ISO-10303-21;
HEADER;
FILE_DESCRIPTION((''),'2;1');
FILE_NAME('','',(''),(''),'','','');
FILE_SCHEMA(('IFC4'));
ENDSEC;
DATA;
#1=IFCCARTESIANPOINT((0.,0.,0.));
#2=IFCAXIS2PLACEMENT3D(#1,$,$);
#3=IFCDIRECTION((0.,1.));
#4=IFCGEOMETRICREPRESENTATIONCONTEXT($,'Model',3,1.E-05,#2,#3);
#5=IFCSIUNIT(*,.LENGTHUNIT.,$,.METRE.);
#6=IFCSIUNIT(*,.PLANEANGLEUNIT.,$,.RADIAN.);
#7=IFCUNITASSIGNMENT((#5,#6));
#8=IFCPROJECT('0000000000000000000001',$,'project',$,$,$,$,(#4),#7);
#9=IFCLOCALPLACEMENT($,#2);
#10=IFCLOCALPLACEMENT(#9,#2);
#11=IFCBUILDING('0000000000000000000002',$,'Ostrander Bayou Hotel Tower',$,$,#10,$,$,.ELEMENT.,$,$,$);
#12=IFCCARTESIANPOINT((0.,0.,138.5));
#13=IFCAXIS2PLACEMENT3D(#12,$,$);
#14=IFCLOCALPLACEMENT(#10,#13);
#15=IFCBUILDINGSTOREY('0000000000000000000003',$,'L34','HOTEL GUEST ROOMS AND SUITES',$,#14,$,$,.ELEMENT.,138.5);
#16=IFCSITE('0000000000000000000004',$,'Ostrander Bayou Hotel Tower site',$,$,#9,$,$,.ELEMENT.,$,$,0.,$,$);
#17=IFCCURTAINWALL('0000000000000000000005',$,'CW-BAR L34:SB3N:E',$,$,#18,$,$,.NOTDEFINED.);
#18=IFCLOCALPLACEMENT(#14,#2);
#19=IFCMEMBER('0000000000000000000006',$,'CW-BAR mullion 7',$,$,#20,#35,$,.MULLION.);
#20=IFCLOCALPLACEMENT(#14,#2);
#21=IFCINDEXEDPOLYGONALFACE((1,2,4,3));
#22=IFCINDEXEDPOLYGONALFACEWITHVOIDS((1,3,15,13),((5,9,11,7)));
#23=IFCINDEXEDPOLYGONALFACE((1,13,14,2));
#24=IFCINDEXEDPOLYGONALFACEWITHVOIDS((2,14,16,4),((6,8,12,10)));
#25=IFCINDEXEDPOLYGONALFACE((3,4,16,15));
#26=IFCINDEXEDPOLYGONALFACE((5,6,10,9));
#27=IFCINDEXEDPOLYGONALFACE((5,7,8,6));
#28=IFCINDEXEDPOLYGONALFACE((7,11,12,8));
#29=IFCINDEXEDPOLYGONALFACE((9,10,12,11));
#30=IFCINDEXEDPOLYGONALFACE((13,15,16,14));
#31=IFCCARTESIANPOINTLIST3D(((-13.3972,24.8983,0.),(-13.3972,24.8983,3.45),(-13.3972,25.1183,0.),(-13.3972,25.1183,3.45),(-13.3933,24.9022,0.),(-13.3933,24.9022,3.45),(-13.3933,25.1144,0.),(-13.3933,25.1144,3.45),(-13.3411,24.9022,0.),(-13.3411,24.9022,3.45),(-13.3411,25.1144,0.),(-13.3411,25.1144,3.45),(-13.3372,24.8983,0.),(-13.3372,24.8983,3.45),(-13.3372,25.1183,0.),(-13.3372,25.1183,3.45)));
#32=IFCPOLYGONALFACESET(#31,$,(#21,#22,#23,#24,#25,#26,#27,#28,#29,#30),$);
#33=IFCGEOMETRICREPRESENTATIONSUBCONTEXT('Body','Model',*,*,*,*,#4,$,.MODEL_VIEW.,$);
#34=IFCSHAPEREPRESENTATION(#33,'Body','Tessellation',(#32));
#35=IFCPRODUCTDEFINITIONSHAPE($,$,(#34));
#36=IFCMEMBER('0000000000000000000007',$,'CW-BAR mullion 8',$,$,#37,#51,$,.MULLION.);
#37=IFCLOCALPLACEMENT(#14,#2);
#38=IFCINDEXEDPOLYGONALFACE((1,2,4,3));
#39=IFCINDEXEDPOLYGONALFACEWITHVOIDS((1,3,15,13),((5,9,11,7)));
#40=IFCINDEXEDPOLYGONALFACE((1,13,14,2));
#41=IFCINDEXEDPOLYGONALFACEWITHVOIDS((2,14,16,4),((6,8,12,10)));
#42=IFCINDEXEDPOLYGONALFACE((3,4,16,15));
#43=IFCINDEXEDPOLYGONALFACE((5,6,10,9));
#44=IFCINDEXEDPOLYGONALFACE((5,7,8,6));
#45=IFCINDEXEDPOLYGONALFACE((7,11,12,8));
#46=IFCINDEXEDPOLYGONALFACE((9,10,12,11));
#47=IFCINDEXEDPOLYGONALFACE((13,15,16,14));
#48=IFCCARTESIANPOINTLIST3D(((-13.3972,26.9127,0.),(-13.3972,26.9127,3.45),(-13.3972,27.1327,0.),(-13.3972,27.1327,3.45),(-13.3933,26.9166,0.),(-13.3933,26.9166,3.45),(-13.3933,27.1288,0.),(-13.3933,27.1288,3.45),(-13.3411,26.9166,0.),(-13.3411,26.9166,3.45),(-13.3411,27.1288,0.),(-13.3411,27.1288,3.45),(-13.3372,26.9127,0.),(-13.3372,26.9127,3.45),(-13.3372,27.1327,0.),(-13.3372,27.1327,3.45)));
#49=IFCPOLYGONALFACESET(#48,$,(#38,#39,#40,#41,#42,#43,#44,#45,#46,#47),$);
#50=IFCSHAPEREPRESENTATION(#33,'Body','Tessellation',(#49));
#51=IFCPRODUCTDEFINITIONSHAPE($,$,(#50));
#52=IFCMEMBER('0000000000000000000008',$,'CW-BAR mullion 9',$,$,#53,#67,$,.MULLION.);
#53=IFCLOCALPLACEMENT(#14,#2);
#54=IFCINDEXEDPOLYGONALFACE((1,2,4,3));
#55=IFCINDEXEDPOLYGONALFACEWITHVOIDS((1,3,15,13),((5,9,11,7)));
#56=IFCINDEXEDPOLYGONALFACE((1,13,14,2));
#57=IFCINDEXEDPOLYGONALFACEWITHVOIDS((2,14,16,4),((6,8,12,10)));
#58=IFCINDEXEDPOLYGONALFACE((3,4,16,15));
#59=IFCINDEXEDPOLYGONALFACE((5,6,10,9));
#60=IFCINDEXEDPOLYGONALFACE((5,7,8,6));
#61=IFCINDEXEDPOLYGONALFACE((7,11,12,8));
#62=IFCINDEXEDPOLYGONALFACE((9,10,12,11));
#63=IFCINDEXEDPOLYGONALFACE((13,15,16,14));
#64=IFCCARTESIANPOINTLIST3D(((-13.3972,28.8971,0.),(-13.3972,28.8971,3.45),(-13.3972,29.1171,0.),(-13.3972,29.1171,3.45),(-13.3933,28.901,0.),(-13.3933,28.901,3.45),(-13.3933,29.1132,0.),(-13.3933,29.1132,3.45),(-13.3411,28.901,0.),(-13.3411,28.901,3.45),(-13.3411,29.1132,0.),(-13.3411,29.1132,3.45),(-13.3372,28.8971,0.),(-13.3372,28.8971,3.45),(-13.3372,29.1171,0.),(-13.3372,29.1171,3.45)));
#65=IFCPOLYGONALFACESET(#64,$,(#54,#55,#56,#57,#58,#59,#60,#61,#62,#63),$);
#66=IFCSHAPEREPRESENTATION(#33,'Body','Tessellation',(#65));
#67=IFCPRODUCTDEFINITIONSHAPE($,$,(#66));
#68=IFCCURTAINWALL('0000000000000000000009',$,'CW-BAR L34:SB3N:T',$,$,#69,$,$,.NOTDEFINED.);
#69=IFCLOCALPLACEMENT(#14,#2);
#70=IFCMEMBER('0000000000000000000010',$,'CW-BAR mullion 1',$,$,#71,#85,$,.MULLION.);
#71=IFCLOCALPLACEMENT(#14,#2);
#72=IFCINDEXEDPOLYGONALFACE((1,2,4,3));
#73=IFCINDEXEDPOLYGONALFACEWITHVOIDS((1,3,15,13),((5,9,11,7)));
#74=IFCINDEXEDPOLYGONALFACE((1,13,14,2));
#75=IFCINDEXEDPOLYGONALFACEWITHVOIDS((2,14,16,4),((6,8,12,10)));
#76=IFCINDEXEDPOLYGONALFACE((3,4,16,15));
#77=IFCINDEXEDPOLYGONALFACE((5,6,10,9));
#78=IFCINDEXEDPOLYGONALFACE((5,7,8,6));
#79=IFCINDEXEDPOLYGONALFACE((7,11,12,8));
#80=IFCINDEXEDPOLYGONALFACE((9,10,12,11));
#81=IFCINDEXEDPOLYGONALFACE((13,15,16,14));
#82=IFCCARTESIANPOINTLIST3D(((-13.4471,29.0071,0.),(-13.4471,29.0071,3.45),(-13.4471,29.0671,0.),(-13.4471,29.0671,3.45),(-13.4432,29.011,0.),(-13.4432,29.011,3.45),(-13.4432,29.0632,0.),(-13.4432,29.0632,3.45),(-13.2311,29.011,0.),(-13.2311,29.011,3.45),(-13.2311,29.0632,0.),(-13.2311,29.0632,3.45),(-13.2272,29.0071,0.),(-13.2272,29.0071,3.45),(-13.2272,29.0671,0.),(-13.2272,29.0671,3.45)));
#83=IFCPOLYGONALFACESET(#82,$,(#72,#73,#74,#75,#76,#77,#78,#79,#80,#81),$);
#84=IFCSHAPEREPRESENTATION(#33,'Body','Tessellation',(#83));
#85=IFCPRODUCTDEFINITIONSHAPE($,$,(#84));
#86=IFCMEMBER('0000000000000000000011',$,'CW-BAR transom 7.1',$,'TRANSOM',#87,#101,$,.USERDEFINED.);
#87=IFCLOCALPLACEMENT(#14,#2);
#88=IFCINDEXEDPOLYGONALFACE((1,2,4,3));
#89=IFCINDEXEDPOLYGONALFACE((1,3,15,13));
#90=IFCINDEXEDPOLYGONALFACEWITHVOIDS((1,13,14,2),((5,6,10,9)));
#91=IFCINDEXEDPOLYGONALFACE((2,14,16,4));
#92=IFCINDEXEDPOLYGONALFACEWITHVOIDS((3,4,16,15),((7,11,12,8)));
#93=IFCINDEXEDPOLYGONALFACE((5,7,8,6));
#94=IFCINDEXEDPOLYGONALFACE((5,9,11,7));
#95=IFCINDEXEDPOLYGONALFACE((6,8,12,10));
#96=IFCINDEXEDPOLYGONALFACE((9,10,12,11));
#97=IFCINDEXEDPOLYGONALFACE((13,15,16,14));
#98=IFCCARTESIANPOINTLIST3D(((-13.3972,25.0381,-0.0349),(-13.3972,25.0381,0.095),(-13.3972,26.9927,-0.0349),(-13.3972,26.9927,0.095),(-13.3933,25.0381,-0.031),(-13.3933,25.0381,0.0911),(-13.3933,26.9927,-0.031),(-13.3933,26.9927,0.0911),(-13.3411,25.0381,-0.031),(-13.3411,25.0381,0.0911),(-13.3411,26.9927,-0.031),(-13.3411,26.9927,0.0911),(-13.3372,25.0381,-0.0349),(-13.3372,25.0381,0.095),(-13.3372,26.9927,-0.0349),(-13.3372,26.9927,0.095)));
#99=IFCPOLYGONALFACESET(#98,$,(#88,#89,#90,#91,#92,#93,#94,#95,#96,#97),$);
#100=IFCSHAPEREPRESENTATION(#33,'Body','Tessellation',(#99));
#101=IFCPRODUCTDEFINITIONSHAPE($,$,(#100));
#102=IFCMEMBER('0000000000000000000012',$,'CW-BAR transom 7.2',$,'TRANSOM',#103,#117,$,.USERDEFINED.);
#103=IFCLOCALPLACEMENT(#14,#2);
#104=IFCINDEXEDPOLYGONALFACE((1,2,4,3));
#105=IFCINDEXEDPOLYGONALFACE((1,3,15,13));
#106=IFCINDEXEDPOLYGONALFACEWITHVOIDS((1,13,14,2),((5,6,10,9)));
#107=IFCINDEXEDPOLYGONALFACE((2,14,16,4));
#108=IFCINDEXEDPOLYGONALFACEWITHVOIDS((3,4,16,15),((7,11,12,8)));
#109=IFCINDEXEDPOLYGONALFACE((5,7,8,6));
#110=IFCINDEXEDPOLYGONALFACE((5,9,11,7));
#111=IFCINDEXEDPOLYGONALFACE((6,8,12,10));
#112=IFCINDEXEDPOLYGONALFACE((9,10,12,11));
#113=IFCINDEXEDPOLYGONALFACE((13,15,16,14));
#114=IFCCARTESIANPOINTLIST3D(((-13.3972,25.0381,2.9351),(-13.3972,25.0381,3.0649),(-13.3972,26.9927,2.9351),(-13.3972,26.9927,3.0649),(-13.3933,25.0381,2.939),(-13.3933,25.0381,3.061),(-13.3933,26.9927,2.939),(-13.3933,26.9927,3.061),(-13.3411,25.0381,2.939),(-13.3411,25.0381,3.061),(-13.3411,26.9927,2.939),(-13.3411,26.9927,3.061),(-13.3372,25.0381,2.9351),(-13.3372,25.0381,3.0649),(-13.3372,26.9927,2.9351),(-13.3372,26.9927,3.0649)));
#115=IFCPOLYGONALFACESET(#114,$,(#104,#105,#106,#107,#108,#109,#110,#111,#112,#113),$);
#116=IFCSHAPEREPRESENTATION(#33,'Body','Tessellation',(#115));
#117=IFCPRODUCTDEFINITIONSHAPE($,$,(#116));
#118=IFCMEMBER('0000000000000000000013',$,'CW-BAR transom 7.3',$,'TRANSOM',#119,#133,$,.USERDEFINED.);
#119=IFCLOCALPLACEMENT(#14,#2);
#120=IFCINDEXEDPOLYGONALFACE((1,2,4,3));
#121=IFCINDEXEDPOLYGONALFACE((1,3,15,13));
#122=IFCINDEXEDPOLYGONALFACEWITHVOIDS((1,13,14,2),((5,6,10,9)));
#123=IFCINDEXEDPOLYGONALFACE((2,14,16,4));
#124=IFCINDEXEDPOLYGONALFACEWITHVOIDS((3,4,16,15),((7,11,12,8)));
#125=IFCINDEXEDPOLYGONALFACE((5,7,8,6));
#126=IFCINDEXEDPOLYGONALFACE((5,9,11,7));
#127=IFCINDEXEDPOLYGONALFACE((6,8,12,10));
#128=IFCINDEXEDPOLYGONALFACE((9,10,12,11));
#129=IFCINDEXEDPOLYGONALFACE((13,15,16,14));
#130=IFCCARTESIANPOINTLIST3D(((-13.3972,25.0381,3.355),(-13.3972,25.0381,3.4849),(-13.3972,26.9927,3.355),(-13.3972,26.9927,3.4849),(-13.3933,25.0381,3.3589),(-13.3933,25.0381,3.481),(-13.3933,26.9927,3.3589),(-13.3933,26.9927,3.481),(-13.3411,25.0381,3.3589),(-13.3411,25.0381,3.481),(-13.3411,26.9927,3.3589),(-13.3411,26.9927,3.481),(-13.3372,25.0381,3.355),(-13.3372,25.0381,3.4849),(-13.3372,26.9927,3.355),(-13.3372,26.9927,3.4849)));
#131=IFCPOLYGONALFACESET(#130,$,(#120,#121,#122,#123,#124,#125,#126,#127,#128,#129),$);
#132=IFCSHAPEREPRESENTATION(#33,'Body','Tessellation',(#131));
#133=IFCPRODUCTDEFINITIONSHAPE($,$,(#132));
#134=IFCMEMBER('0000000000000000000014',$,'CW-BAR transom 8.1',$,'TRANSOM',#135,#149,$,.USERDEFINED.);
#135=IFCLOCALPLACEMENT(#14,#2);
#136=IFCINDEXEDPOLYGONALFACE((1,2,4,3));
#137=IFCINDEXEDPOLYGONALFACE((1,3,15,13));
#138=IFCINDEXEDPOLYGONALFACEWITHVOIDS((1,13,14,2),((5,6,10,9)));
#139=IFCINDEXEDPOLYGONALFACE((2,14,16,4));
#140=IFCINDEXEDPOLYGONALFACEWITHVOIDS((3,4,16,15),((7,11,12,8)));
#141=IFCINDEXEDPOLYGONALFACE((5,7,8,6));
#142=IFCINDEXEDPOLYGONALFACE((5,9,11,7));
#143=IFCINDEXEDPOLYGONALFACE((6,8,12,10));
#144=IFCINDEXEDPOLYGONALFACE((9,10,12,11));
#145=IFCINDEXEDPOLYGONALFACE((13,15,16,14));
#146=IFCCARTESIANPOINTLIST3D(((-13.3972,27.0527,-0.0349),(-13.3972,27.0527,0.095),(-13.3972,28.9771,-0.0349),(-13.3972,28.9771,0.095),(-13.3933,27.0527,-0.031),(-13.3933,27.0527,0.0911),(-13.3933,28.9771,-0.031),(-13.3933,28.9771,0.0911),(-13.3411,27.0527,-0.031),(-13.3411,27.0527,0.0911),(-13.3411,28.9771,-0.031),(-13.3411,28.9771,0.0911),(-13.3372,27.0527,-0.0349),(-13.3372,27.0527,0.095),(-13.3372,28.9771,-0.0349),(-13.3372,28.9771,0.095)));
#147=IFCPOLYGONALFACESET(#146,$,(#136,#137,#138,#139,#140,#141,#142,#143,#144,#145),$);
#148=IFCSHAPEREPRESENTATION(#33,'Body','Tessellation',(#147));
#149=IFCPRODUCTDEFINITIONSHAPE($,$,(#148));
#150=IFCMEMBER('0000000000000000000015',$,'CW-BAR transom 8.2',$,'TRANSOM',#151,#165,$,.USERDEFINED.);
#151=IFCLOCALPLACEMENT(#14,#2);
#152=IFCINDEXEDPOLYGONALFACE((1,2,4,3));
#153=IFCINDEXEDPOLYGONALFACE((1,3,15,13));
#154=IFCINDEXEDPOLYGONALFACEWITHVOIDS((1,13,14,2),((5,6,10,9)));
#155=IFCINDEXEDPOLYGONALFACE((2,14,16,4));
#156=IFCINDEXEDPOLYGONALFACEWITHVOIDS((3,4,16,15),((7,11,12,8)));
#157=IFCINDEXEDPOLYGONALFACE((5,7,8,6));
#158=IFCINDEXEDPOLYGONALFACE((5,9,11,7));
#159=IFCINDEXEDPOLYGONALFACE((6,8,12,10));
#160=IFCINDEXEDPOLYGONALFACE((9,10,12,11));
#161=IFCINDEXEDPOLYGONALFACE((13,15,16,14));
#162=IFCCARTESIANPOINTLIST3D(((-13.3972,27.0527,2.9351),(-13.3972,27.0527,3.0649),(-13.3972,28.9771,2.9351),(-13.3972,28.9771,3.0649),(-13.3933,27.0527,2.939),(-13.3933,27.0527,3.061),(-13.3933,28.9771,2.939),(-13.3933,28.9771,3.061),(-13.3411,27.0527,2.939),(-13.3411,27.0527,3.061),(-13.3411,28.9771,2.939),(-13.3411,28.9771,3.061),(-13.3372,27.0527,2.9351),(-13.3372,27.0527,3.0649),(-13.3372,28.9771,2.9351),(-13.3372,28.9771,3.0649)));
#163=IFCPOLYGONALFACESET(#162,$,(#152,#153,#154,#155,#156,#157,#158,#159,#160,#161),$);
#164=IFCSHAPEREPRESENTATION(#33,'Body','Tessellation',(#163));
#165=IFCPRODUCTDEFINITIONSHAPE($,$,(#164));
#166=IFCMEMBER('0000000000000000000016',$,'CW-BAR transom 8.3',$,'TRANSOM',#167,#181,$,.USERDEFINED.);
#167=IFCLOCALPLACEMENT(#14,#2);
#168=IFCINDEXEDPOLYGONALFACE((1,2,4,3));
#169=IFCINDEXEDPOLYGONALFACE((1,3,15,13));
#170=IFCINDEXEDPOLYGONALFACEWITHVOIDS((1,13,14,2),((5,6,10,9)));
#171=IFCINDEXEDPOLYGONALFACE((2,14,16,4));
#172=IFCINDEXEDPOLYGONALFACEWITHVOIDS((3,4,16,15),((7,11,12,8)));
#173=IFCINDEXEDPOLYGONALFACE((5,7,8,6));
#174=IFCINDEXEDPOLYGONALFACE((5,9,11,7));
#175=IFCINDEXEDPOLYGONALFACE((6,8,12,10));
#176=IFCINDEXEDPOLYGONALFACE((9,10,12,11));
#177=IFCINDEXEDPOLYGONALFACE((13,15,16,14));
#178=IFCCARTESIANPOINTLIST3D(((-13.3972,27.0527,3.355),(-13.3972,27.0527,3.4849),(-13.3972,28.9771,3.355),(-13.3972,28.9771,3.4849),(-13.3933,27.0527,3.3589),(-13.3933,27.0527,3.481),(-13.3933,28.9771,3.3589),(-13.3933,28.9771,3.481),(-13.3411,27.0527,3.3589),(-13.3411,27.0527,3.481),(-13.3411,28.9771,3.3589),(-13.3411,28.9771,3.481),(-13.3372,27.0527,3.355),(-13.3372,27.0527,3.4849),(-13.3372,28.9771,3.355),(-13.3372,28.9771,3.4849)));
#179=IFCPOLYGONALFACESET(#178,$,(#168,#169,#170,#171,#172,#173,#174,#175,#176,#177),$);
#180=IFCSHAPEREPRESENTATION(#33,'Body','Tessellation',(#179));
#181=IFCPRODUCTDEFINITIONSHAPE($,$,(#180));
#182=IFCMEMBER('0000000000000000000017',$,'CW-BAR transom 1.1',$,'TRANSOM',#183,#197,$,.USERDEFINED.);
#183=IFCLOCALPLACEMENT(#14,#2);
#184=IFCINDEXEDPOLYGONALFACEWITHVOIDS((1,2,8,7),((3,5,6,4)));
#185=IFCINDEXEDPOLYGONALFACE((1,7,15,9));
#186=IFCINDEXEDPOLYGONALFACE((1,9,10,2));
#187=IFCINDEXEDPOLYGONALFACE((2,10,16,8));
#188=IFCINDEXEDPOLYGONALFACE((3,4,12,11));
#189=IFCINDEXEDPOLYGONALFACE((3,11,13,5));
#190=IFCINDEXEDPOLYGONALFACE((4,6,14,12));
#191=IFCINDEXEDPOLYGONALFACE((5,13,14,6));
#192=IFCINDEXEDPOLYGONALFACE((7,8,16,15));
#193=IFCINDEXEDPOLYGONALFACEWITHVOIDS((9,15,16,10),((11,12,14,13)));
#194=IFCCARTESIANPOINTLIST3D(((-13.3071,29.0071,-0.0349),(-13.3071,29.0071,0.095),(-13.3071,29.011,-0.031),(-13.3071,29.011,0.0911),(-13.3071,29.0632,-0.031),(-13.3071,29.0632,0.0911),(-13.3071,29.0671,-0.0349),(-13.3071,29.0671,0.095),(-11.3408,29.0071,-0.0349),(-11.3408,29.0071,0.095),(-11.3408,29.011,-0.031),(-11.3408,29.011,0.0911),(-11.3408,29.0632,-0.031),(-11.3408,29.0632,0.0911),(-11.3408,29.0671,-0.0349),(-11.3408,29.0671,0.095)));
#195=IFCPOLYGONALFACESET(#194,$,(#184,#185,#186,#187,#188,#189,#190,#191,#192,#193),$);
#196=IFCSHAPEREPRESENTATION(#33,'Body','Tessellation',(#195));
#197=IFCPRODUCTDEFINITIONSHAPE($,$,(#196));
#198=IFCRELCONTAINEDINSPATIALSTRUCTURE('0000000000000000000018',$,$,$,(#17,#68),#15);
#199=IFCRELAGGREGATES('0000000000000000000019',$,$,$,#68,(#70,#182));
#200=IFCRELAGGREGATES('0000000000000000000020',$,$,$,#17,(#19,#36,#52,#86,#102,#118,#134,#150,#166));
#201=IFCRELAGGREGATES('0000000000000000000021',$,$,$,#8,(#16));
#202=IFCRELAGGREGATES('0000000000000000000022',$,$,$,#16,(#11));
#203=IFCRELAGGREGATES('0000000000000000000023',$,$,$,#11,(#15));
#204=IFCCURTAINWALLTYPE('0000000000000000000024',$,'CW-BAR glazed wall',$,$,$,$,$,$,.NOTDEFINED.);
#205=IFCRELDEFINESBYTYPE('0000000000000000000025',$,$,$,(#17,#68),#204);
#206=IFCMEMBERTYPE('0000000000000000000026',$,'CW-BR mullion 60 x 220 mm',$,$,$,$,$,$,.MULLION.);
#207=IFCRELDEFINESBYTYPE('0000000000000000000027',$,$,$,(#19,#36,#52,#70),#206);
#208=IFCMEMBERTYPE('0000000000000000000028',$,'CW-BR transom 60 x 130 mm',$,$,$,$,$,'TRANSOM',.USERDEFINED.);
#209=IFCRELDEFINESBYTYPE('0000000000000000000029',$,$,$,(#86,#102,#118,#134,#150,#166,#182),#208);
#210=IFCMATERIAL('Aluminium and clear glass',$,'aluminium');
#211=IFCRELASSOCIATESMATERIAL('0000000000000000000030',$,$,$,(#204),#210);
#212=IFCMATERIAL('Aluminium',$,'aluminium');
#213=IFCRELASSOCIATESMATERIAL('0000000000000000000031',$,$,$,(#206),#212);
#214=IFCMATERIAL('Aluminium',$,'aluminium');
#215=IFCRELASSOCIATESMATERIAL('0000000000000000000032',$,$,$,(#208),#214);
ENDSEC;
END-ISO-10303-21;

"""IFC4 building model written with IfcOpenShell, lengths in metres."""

from ifc_helpers import new_model, si_unit, direction, frame, origin, origin_2d, place, context, subcontext, project, spatial, hollow_rectangle, extrude, material, material_profile, profile_set, type_object, element, aggregate, save


model = new_model("IFC4")

# Units and contexts
model_context = context("Model", 3, precision=1e-05, world=origin(), true_north=direction((0.0, 1.0)))
body_context = subcontext(model_context, "Body", "Model", "MODEL_VIEW")
ifc_project = project(units=[si_unit("LENGTHUNIT", "METRE"), si_unit("PLANEANGLEUNIT", "RADIAN")], contexts=[model_context])

# Site, building, storey
site_placement = place(None, origin())
site = spatial("IfcSite", under=ifc_project, at=site_placement, Name="Ostrander Bayou Hotel Tower site", CompositionType="ELEMENT", RefElevation=0.0)
building_placement = place(site_placement, origin())
building = spatial("IfcBuilding", under=site, at=building_placement, Name="Ostrander Bayou Hotel Tower", CompositionType="ELEMENT")
storey_placement = place(building_placement, frame((0.0, 0.0, 138.5)))
storey = spatial("IfcBuildingStorey", under=building, at=storey_placement, Name="L34", Description="HOTEL GUEST ROOMS AND SUITES", CompositionType="ELEMENT", Elevation=138.5)

# Curtain wall, members
ifc_material_1 = material(Name="Aluminium and clear glass", Category="aluminium")
curtain_wall_type = type_object("IfcCurtainWallType", Name="CW-BAR glazed wall", PredefinedType="NOTDEFINED", material=ifc_material_1)
curtain_wall_1_placement = place(storey_placement, origin())
curtain_wall_1 = element("IfcCurtainWall", 1, at=curtain_wall_1_placement, inside=storey, type_object=curtain_wall_type, Name="CW-BAR L34:SB3N:E", PredefinedType="NOTDEFINED")
ifc_material_2 = material(Name="Aluminium", Category="aluminium")
ifc_material_profile_1 = material_profile(ifc_material_2, hollow_rectangle(XDim=0.0601, YDim=0.22, WallThickness=0.0039, at=origin_2d()))
ifc_profile_set_1 = profile_set([ifc_material_profile_1], Name="Aluminium")
member_type_1 = type_object("IfcMemberType", Name="CW-BR mullion 60 x 220 mm", PredefinedType="MULLION", material=ifc_profile_set_1)
member_1_placement = place(storey_placement, frame((-13.3672, 25.0083, 0.0), z_axis=(0.0, 0.0, 1.0), x_axis=(-1.0, 0.0, 0.0)))
member_1 = element("IfcMember", 2, at=member_1_placement, type_object=member_type_1, Name="CW-BAR mullion 7", PredefinedType="MULLION", context=body_context, shape_type="SweptSolid", body=[
    extrude(hollow_rectangle(XDim=0.0601, YDim=0.22, WallThickness=0.0039, at=origin_2d()), origin(), (0.0, 0.0, 1.0), 3.45),
])
member_2_placement = place(storey_placement, frame((-13.3672, 27.0227, 0.0), z_axis=(0.0, 0.0, 1.0), x_axis=(-1.0, 0.0, 0.0)))
member_2 = element("IfcMember", 3, at=member_2_placement, type_object=member_type_1, Name="CW-BAR mullion 8", PredefinedType="MULLION", context=body_context, shape_type="SweptSolid", body=[
    extrude(hollow_rectangle(XDim=0.0601, YDim=0.22, WallThickness=0.0039, at=origin_2d()), origin(), (0.0, 0.0, 1.0), 3.45),
])
member_3_placement = place(storey_placement, frame((-13.3672, 29.0071, 0.0), z_axis=(0.0, 0.0, 1.0), x_axis=(-1.0, 0.0, 0.0)))
member_3 = element("IfcMember", 4, at=member_3_placement, type_object=member_type_1, Name="CW-BAR mullion 9", PredefinedType="MULLION", context=body_context, shape_type="SweptSolid", body=[
    extrude(hollow_rectangle(XDim=0.0601, YDim=0.22, WallThickness=0.0039, at=origin_2d()), origin(), (0.0, 0.0, 1.0), 3.45),
])

# Curtain wall, member
curtain_wall_2_placement = place(storey_placement, origin())
curtain_wall_2 = element("IfcCurtainWall", 5, at=curtain_wall_2_placement, inside=storey, type_object=curtain_wall_type, Name="CW-BAR L34:SB3N:T", PredefinedType="NOTDEFINED")
member_4_placement = place(storey_placement, frame((-13.3372, 29.0371, 0.0), z_axis=(0.0, 0.0, 1.0), x_axis=(0.0, 1.0, 0.0)))
member_4 = element("IfcMember", 6, at=member_4_placement, type_object=member_type_1, Name="CW-BAR mullion 1", PredefinedType="MULLION", context=body_context, shape_type="SweptSolid", body=[
    extrude(hollow_rectangle(XDim=0.0601, YDim=0.22, WallThickness=0.0039, at=origin_2d()), origin(), (0.0, 0.0, 1.0), 3.45),
])

# Members
ifc_material_3 = material(Name="Aluminium", Category="aluminium")
ifc_material_profile_2 = material_profile(ifc_material_3, hollow_rectangle(XDim=0.0601, YDim=0.1299, WallThickness=0.0039, at=origin_2d()))
ifc_profile_set_2 = profile_set([ifc_material_profile_2], Name="Aluminium")
member_type_2 = type_object("IfcMemberType", Name="CW-BR transom 60 x 130 mm", ElementType="TRANSOM", PredefinedType="USERDEFINED", material=ifc_profile_set_2)
member_5_placement = place(storey_placement, frame((-13.3672, 25.0381, 0.03), z_axis=(0.0, 1.0, 0.0), x_axis=(-1.0, 0.0, 0.0)))
member_5 = element("IfcMember", 7, at=member_5_placement, type_object=member_type_2, Name="CW-BAR transom 7.1", ObjectType="TRANSOM", PredefinedType="USERDEFINED", context=body_context, shape_type="SweptSolid", body=[
    extrude(hollow_rectangle(XDim=0.0601, YDim=0.1299, WallThickness=0.0039, at=origin_2d()), origin(), (0.0, 0.0, 1.0), 1.9546),
])
member_6_placement = place(storey_placement, frame((-13.3672, 25.0381, 3.0), z_axis=(0.0, 1.0, 0.0), x_axis=(-1.0, 0.0, 0.0)))
member_6 = element("IfcMember", 8, at=member_6_placement, type_object=member_type_2, Name="CW-BAR transom 7.2", ObjectType="TRANSOM", PredefinedType="USERDEFINED", context=body_context, shape_type="SweptSolid", body=[
    extrude(hollow_rectangle(XDim=0.0601, YDim=0.1299, WallThickness=0.0039, at=origin_2d()), origin(), (0.0, 0.0, 1.0), 1.9546),
])
member_7_placement = place(storey_placement, frame((-13.3672, 25.0381, 3.4199), z_axis=(0.0, 1.0, 0.0), x_axis=(-1.0, 0.0, 0.0)))
member_7 = element("IfcMember", 9, at=member_7_placement, type_object=member_type_2, Name="CW-BAR transom 7.3", ObjectType="TRANSOM", PredefinedType="USERDEFINED", context=body_context, shape_type="SweptSolid", body=[
    extrude(hollow_rectangle(XDim=0.0601, YDim=0.1299, WallThickness=0.0039, at=origin_2d()), origin(), (0.0, 0.0, 1.0), 1.9546),
])
member_8_placement = place(storey_placement, frame((-13.3672, 27.0527, 0.03), z_axis=(0.0, 1.0, 0.0), x_axis=(-1.0, 0.0, 0.0)))
member_8 = element("IfcMember", 10, at=member_8_placement, type_object=member_type_2, Name="CW-BAR transom 8.1", ObjectType="TRANSOM", PredefinedType="USERDEFINED", context=body_context, shape_type="SweptSolid", body=[
    extrude(hollow_rectangle(XDim=0.0601, YDim=0.1299, WallThickness=0.0039, at=origin_2d()), origin(), (0.0, 0.0, 1.0), 1.9243),
])
member_9_placement = place(storey_placement, frame((-13.3672, 27.0527, 3.0), z_axis=(0.0, 1.0, 0.0), x_axis=(-1.0, 0.0, 0.0)))
member_9 = element("IfcMember", 11, at=member_9_placement, type_object=member_type_2, Name="CW-BAR transom 8.2", ObjectType="TRANSOM", PredefinedType="USERDEFINED", context=body_context, shape_type="SweptSolid", body=[
    extrude(hollow_rectangle(XDim=0.0601, YDim=0.1299, WallThickness=0.0039, at=origin_2d()), origin(), (0.0, 0.0, 1.0), 1.9243),
])
member_10_placement = place(storey_placement, frame((-13.3672, 27.0527, 3.4199), z_axis=(0.0, 1.0, 0.0), x_axis=(-1.0, 0.0, 0.0)))
member_10 = element("IfcMember", 12, at=member_10_placement, type_object=member_type_2, Name="CW-BAR transom 8.3", ObjectType="TRANSOM", PredefinedType="USERDEFINED", context=body_context, shape_type="SweptSolid", body=[
    extrude(hollow_rectangle(XDim=0.0601, YDim=0.1299, WallThickness=0.0039, at=origin_2d()), origin(), (0.0, 0.0, 1.0), 1.9243),
])
member_11_placement = place(storey_placement, frame((-13.3071, 29.0371, 0.03), z_axis=(1.0, 0.0, 0.0), x_axis=(0.0, 1.0, 0.0)))
member_11 = element("IfcMember", 13, at=member_11_placement, type_object=member_type_2, Name="CW-BAR transom 1.1", ObjectType="TRANSOM", PredefinedType="USERDEFINED", context=body_context, shape_type="SweptSolid", body=[
    extrude(hollow_rectangle(XDim=0.0601, YDim=0.1299, WallThickness=0.0039, at=origin_2d()), origin(), (0.0, 0.0, 1.0), 1.9663),
])
aggregate(curtain_wall_2, [member_4, member_11])

aggregate(curtain_wall_1, [member_1, member_2, member_3, member_5, member_6, member_7, member_8, member_9, member_10])

save(model, "model.ifc")
